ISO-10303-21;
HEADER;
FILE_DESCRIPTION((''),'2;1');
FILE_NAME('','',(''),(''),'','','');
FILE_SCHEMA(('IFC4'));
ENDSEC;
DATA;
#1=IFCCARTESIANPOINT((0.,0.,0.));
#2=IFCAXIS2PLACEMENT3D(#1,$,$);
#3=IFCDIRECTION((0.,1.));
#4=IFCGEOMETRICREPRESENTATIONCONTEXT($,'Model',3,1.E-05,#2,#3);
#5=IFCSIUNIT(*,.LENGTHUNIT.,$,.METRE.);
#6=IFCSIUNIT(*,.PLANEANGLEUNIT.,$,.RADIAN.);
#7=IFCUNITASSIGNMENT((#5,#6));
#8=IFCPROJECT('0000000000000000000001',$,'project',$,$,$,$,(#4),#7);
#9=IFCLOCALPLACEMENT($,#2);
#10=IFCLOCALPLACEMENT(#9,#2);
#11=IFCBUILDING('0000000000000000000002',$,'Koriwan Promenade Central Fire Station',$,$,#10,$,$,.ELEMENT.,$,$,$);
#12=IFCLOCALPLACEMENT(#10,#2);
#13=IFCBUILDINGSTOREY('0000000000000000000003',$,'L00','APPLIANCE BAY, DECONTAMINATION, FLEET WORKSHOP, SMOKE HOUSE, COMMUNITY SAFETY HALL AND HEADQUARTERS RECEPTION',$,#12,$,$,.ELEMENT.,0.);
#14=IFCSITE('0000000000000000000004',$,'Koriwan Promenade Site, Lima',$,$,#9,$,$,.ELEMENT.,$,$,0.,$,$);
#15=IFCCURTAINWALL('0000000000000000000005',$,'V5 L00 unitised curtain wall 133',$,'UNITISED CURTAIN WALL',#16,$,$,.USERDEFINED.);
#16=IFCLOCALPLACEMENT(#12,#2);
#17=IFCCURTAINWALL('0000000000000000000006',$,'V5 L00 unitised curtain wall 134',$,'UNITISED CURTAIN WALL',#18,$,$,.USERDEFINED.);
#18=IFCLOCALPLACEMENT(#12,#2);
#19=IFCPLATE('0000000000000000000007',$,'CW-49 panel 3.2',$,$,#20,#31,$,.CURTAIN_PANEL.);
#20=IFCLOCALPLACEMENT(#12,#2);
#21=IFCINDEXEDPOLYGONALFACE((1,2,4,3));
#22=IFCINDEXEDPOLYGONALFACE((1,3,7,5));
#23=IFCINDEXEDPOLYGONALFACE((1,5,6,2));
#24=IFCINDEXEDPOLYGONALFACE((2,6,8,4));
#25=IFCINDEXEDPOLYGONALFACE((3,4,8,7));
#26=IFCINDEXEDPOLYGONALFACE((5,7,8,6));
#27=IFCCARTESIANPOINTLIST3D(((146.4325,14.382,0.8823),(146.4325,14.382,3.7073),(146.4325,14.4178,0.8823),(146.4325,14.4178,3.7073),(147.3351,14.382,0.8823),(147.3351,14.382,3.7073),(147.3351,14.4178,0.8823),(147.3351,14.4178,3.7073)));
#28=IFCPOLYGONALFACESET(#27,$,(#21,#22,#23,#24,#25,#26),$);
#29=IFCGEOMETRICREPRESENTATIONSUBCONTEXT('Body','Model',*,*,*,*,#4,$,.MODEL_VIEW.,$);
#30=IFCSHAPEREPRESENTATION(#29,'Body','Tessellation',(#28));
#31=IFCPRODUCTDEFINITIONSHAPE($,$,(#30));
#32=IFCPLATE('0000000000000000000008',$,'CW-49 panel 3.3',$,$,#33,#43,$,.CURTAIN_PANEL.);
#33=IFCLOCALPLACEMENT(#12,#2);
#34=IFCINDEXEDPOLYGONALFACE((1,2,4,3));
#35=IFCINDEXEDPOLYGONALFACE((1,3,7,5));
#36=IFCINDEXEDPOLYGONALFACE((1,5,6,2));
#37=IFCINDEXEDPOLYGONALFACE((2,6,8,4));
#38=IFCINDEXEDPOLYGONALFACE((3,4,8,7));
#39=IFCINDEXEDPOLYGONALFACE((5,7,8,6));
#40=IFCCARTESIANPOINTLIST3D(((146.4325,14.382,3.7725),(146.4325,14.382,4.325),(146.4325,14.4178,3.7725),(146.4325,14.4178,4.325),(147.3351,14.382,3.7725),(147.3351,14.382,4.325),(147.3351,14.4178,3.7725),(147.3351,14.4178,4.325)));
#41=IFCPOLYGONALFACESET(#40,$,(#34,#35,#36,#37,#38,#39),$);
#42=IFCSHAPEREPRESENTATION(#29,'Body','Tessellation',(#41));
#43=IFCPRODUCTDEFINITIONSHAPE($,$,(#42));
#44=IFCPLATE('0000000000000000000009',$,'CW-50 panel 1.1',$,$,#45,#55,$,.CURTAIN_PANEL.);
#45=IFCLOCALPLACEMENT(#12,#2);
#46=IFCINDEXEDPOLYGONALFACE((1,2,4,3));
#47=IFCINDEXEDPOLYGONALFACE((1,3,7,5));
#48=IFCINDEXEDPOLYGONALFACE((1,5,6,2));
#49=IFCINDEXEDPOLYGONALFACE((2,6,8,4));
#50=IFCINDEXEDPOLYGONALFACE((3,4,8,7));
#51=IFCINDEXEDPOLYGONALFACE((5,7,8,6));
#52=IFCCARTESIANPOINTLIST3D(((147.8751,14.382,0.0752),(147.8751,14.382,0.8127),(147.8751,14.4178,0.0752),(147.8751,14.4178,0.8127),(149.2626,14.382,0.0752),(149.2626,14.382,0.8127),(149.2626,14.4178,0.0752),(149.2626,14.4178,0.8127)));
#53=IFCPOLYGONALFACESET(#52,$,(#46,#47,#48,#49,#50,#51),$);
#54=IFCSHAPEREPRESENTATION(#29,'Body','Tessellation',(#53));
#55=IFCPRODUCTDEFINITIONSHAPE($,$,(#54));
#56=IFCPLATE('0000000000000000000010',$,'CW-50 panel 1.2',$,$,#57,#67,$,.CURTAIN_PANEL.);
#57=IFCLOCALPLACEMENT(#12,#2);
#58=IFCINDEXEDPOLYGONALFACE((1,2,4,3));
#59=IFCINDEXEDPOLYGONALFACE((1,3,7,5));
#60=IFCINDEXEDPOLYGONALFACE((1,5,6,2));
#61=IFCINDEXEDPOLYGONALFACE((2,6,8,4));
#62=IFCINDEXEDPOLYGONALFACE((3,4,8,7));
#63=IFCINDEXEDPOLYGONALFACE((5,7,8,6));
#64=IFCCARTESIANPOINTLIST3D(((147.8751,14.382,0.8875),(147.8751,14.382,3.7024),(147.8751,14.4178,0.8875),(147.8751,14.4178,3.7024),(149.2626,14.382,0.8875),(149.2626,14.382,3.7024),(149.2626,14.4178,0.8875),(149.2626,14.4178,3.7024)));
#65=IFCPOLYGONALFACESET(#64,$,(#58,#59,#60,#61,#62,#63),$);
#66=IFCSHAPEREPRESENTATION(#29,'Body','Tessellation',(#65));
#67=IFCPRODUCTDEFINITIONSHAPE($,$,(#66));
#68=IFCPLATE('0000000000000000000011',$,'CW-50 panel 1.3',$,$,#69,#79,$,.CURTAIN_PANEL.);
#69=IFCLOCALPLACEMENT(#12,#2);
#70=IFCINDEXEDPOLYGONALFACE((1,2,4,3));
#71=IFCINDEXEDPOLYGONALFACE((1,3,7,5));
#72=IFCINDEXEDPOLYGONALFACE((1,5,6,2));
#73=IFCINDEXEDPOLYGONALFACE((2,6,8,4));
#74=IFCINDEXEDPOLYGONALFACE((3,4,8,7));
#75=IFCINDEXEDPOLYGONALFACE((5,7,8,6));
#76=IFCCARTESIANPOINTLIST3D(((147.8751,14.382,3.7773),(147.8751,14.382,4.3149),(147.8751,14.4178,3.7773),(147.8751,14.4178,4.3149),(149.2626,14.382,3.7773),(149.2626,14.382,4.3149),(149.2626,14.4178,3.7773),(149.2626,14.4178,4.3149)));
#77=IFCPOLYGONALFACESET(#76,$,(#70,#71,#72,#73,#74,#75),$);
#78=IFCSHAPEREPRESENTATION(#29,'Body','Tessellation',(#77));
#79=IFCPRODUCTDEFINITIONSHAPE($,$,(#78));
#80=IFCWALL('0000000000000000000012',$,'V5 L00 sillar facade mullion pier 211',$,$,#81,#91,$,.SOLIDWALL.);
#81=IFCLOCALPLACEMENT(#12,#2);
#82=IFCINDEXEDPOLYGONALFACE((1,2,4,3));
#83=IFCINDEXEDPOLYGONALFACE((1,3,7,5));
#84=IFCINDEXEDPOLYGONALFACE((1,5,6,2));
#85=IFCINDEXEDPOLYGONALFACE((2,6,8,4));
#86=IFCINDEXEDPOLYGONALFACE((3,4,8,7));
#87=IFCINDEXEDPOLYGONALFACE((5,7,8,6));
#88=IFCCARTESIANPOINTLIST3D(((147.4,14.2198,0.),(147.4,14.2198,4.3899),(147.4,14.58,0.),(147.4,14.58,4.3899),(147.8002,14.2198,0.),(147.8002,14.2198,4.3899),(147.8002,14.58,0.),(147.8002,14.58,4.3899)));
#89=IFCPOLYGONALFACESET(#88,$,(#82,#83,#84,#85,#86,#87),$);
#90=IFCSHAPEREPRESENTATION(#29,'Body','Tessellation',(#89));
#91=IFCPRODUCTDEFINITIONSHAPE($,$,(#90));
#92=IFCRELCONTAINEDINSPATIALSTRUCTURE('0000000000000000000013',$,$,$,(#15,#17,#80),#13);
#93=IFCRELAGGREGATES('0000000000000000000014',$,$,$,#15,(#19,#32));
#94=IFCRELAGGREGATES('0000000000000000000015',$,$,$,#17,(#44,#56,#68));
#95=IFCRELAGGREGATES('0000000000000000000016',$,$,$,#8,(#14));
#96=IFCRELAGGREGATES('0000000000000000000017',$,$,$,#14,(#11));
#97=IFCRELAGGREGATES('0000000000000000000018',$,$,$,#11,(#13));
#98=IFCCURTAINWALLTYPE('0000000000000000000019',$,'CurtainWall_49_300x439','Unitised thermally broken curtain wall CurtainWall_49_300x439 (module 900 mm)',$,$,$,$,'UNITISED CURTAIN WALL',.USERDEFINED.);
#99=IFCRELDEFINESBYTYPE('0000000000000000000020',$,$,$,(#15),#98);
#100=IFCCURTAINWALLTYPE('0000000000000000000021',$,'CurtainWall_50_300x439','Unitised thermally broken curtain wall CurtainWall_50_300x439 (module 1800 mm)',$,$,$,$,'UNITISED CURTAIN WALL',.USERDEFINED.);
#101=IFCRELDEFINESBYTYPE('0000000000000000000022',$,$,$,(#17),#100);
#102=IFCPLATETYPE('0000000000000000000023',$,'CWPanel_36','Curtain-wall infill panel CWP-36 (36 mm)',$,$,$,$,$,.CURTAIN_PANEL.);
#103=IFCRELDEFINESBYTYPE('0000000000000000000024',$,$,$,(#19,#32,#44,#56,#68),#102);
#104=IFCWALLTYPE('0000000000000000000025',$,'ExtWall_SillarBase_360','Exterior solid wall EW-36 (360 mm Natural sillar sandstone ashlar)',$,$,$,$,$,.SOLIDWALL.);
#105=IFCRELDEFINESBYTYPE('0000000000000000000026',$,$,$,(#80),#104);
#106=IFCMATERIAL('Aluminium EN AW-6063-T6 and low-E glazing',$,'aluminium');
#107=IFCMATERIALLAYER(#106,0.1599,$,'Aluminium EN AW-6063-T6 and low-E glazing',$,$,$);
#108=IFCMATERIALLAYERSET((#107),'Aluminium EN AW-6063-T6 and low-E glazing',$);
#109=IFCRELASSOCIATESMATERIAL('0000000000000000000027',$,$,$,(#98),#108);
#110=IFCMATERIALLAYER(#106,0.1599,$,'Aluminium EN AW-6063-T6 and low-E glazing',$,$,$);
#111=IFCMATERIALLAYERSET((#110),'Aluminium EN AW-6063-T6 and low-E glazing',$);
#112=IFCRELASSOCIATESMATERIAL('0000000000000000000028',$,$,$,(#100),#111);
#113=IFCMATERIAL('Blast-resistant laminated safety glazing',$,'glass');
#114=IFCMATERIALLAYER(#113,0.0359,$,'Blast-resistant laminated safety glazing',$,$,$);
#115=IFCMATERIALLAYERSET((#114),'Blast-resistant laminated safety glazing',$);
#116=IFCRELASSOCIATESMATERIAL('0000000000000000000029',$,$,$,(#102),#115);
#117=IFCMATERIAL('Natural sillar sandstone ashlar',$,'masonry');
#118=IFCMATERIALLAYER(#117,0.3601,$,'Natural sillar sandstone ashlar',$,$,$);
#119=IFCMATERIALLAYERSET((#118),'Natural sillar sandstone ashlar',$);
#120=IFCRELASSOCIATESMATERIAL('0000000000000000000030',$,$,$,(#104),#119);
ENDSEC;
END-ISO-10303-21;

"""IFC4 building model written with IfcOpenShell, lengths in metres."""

from ifc_helpers import new_model, si_unit, direction, frame, frame_2d, origin, origin_2d, place, context, subcontext, project, spatial, rectangle, extrude, material, layer, layer_set, type_object, element, aggregate, save


model = new_model("IFC4")

# Units and contexts
model_context = context("Model", 3, precision=1e-05, world=origin(), true_north=direction((0.0, 1.0)))
body_context = subcontext(model_context, "Body", "Model", "MODEL_VIEW")
ifc_project = project(units=[si_unit("LENGTHUNIT", "METRE"), si_unit("PLANEANGLEUNIT", "RADIAN")], contexts=[model_context])

# Site, building, storey
site_placement = place(None, origin())
site = spatial("IfcSite", under=ifc_project, at=site_placement, Name="Koriwan Promenade Site, Lima", CompositionType="ELEMENT", RefElevation=0.0)
building_placement = place(site_placement, origin())
building = spatial("IfcBuilding", under=site, at=building_placement, Name="Koriwan Promenade Central Fire Station", CompositionType="ELEMENT")
storey_placement = place(building_placement, origin())
storey = spatial("IfcBuildingStorey", under=building, at=storey_placement, Name="L00", Description="APPLIANCE BAY, DECONTAMINATION, FLEET WORKSHOP, SMOKE HOUSE, COMMUNITY SAFETY HALL AND HEADQUARTERS RECEPTION", CompositionType="ELEMENT", Elevation=0.0)

# Curtain wall
ifc_material_1 = material(Name="Aluminium EN AW-6063-T6 and low-E glazing", Category="aluminium")
ifc_layer_1 = layer(ifc_material_1, 0.1599, Name="Aluminium EN AW-6063-T6 and low-E glazing")
ifc_layer_set_1 = layer_set([ifc_layer_1], Name="Aluminium EN AW-6063-T6 and low-E glazing")
curtain_wall_type_1 = type_object("IfcCurtainWallType", Name="CurtainWall_49_300x439", Description="Unitised thermally broken curtain wall CurtainWall_49_300x439 (module 900 mm)", ElementType="UNITISED CURTAIN WALL", PredefinedType="USERDEFINED", material=ifc_layer_set_1)
curtain_wall_1_placement = place(storey_placement, origin())
curtain_wall_1 = element("IfcCurtainWall", 1, at=curtain_wall_1_placement, inside=storey, type_object=curtain_wall_type_1, Name="V5 L00 unitised curtain wall 133", ObjectType="UNITISED CURTAIN WALL", PredefinedType="USERDEFINED")

# Curtain wall
ifc_layer_2 = layer(ifc_material_1, 0.1599, Name="Aluminium EN AW-6063-T6 and low-E glazing")
ifc_layer_set_2 = layer_set([ifc_layer_2], Name="Aluminium EN AW-6063-T6 and low-E glazing")
curtain_wall_type_2 = type_object("IfcCurtainWallType", Name="CurtainWall_50_300x439", Description="Unitised thermally broken curtain wall CurtainWall_50_300x439 (module 1800 mm)", ElementType="UNITISED CURTAIN WALL", PredefinedType="USERDEFINED", material=ifc_layer_set_2)
curtain_wall_2_placement = place(storey_placement, origin())
curtain_wall_2 = element("IfcCurtainWall", 2, at=curtain_wall_2_placement, inside=storey, type_object=curtain_wall_type_2, Name="V5 L00 unitised curtain wall 134", ObjectType="UNITISED CURTAIN WALL", PredefinedType="USERDEFINED")

# Plates
ifc_material_2 = material(Name="Blast-resistant laminated safety glazing", Category="glass")
ifc_layer_3 = layer(ifc_material_2, 0.0359, Name="Blast-resistant laminated safety glazing")
ifc_layer_set_3 = layer_set([ifc_layer_3], Name="Blast-resistant laminated safety glazing")
plate_type = type_object("IfcPlateType", Name="CWPanel_36", Description="Curtain-wall infill panel CWP-36 (36 mm)", PredefinedType="CURTAIN_PANEL", material=ifc_layer_set_3)
plate_1_placement = place(storey_placement, frame((146.8838, 14.3999, 0.8823), z_axis=(0.0, 0.0, 1.0), x_axis=(1.0, 0.0, 0.0)))
plate_1 = element("IfcPlate", 3, at=plate_1_placement, type_object=plate_type, Name="CW-49 panel 3.2", PredefinedType="CURTAIN_PANEL", context=body_context, shape_type="SweptSolid", body=[
    extrude(rectangle(XDim=0.9026, YDim=0.0359, at=origin_2d()), origin(), (0.0, 0.0, 1.0), 2.825),
])
plate_2_placement = place(storey_placement, frame((146.8838, 14.3999, 3.7725), z_axis=(0.0, 0.0, 1.0), x_axis=(1.0, 0.0, 0.0)))
plate_2 = element("IfcPlate", 4, at=plate_2_placement, type_object=plate_type, Name="CW-49 panel 3.3", PredefinedType="CURTAIN_PANEL", context=body_context, shape_type="SweptSolid", body=[
    extrude(rectangle(XDim=0.9026, YDim=0.0359, at=origin_2d()), origin(), (0.0, 0.0, 1.0), 0.5525),
])
aggregate(curtain_wall_1, [plate_1, plate_2])
plate_3_placement = place(storey_placement, frame((148.5688, 14.3999, 0.0752), z_axis=(0.0, 0.0, 1.0), x_axis=(1.0, 0.0, 0.0)))
plate_3 = element("IfcPlate", 5, at=plate_3_placement, type_object=plate_type, Name="CW-50 panel 1.1", PredefinedType="CURTAIN_PANEL", context=body_context, shape_type="SweptSolid", body=[
    extrude(rectangle(XDim=1.3875, YDim=0.0359, at=origin_2d()), origin(), (0.0, 0.0, 1.0), 0.7375),
])
plate_4_placement = place(storey_placement, frame((148.5688, 14.3999, 0.8875), z_axis=(0.0, 0.0, 1.0), x_axis=(1.0, 0.0, 0.0)))
plate_4 = element("IfcPlate", 6, at=plate_4_placement, type_object=plate_type, Name="CW-50 panel 1.2", PredefinedType="CURTAIN_PANEL", context=body_context, shape_type="SweptSolid", body=[
    extrude(rectangle(XDim=1.3875, YDim=0.0359, at=origin_2d()), origin(), (0.0, 0.0, 1.0), 2.8149),
])
plate_5_placement = place(storey_placement, frame((148.5688, 14.3999, 3.7773), z_axis=(0.0, 0.0, 1.0), x_axis=(1.0, 0.0, 0.0)))
plate_5 = element("IfcPlate", 7, at=plate_5_placement, type_object=plate_type, Name="CW-50 panel 1.3", PredefinedType="CURTAIN_PANEL", context=body_context, shape_type="SweptSolid", body=[
    extrude(rectangle(XDim=1.3875, YDim=0.0359, at=origin_2d()), origin(), (0.0, 0.0, 1.0), 0.5376),
])
aggregate(curtain_wall_2, [plate_3, plate_4, plate_5])

# Wall
ifc_material_3 = material(Name="Natural sillar sandstone ashlar", Category="masonry")
ifc_layer_4 = layer(ifc_material_3, 0.3601, Name="Natural sillar sandstone ashlar")
ifc_layer_set_4 = layer_set([ifc_layer_4], Name="Natural sillar sandstone ashlar")
wall_type = type_object("IfcWallType", Name="ExtWall_SillarBase_360", Description="Exterior solid wall EW-36 (360 mm Natural sillar sandstone ashlar)", PredefinedType="SOLIDWALL", material=ifc_layer_set_4)
wall_placement = place(storey_placement, frame((147.3999, 14.3999, 0.0), z_axis=(0.0, 0.0, 1.0), x_axis=(1.0, 0.0, 0.0)))
element("IfcWall", 8, at=wall_placement, inside=storey, type_object=wall_type, Name="V5 L00 sillar facade mullion pier 211", PredefinedType="SOLIDWALL", context=body_context, shape_type="SweptSolid", body=[
    extrude(rectangle(XDim=0.4001, YDim=0.3601, at=frame_2d((0.2002, 0.0))), origin(), (0.0, 0.0, 1.0), 4.3899),
])

save(model, "model.ifc")
